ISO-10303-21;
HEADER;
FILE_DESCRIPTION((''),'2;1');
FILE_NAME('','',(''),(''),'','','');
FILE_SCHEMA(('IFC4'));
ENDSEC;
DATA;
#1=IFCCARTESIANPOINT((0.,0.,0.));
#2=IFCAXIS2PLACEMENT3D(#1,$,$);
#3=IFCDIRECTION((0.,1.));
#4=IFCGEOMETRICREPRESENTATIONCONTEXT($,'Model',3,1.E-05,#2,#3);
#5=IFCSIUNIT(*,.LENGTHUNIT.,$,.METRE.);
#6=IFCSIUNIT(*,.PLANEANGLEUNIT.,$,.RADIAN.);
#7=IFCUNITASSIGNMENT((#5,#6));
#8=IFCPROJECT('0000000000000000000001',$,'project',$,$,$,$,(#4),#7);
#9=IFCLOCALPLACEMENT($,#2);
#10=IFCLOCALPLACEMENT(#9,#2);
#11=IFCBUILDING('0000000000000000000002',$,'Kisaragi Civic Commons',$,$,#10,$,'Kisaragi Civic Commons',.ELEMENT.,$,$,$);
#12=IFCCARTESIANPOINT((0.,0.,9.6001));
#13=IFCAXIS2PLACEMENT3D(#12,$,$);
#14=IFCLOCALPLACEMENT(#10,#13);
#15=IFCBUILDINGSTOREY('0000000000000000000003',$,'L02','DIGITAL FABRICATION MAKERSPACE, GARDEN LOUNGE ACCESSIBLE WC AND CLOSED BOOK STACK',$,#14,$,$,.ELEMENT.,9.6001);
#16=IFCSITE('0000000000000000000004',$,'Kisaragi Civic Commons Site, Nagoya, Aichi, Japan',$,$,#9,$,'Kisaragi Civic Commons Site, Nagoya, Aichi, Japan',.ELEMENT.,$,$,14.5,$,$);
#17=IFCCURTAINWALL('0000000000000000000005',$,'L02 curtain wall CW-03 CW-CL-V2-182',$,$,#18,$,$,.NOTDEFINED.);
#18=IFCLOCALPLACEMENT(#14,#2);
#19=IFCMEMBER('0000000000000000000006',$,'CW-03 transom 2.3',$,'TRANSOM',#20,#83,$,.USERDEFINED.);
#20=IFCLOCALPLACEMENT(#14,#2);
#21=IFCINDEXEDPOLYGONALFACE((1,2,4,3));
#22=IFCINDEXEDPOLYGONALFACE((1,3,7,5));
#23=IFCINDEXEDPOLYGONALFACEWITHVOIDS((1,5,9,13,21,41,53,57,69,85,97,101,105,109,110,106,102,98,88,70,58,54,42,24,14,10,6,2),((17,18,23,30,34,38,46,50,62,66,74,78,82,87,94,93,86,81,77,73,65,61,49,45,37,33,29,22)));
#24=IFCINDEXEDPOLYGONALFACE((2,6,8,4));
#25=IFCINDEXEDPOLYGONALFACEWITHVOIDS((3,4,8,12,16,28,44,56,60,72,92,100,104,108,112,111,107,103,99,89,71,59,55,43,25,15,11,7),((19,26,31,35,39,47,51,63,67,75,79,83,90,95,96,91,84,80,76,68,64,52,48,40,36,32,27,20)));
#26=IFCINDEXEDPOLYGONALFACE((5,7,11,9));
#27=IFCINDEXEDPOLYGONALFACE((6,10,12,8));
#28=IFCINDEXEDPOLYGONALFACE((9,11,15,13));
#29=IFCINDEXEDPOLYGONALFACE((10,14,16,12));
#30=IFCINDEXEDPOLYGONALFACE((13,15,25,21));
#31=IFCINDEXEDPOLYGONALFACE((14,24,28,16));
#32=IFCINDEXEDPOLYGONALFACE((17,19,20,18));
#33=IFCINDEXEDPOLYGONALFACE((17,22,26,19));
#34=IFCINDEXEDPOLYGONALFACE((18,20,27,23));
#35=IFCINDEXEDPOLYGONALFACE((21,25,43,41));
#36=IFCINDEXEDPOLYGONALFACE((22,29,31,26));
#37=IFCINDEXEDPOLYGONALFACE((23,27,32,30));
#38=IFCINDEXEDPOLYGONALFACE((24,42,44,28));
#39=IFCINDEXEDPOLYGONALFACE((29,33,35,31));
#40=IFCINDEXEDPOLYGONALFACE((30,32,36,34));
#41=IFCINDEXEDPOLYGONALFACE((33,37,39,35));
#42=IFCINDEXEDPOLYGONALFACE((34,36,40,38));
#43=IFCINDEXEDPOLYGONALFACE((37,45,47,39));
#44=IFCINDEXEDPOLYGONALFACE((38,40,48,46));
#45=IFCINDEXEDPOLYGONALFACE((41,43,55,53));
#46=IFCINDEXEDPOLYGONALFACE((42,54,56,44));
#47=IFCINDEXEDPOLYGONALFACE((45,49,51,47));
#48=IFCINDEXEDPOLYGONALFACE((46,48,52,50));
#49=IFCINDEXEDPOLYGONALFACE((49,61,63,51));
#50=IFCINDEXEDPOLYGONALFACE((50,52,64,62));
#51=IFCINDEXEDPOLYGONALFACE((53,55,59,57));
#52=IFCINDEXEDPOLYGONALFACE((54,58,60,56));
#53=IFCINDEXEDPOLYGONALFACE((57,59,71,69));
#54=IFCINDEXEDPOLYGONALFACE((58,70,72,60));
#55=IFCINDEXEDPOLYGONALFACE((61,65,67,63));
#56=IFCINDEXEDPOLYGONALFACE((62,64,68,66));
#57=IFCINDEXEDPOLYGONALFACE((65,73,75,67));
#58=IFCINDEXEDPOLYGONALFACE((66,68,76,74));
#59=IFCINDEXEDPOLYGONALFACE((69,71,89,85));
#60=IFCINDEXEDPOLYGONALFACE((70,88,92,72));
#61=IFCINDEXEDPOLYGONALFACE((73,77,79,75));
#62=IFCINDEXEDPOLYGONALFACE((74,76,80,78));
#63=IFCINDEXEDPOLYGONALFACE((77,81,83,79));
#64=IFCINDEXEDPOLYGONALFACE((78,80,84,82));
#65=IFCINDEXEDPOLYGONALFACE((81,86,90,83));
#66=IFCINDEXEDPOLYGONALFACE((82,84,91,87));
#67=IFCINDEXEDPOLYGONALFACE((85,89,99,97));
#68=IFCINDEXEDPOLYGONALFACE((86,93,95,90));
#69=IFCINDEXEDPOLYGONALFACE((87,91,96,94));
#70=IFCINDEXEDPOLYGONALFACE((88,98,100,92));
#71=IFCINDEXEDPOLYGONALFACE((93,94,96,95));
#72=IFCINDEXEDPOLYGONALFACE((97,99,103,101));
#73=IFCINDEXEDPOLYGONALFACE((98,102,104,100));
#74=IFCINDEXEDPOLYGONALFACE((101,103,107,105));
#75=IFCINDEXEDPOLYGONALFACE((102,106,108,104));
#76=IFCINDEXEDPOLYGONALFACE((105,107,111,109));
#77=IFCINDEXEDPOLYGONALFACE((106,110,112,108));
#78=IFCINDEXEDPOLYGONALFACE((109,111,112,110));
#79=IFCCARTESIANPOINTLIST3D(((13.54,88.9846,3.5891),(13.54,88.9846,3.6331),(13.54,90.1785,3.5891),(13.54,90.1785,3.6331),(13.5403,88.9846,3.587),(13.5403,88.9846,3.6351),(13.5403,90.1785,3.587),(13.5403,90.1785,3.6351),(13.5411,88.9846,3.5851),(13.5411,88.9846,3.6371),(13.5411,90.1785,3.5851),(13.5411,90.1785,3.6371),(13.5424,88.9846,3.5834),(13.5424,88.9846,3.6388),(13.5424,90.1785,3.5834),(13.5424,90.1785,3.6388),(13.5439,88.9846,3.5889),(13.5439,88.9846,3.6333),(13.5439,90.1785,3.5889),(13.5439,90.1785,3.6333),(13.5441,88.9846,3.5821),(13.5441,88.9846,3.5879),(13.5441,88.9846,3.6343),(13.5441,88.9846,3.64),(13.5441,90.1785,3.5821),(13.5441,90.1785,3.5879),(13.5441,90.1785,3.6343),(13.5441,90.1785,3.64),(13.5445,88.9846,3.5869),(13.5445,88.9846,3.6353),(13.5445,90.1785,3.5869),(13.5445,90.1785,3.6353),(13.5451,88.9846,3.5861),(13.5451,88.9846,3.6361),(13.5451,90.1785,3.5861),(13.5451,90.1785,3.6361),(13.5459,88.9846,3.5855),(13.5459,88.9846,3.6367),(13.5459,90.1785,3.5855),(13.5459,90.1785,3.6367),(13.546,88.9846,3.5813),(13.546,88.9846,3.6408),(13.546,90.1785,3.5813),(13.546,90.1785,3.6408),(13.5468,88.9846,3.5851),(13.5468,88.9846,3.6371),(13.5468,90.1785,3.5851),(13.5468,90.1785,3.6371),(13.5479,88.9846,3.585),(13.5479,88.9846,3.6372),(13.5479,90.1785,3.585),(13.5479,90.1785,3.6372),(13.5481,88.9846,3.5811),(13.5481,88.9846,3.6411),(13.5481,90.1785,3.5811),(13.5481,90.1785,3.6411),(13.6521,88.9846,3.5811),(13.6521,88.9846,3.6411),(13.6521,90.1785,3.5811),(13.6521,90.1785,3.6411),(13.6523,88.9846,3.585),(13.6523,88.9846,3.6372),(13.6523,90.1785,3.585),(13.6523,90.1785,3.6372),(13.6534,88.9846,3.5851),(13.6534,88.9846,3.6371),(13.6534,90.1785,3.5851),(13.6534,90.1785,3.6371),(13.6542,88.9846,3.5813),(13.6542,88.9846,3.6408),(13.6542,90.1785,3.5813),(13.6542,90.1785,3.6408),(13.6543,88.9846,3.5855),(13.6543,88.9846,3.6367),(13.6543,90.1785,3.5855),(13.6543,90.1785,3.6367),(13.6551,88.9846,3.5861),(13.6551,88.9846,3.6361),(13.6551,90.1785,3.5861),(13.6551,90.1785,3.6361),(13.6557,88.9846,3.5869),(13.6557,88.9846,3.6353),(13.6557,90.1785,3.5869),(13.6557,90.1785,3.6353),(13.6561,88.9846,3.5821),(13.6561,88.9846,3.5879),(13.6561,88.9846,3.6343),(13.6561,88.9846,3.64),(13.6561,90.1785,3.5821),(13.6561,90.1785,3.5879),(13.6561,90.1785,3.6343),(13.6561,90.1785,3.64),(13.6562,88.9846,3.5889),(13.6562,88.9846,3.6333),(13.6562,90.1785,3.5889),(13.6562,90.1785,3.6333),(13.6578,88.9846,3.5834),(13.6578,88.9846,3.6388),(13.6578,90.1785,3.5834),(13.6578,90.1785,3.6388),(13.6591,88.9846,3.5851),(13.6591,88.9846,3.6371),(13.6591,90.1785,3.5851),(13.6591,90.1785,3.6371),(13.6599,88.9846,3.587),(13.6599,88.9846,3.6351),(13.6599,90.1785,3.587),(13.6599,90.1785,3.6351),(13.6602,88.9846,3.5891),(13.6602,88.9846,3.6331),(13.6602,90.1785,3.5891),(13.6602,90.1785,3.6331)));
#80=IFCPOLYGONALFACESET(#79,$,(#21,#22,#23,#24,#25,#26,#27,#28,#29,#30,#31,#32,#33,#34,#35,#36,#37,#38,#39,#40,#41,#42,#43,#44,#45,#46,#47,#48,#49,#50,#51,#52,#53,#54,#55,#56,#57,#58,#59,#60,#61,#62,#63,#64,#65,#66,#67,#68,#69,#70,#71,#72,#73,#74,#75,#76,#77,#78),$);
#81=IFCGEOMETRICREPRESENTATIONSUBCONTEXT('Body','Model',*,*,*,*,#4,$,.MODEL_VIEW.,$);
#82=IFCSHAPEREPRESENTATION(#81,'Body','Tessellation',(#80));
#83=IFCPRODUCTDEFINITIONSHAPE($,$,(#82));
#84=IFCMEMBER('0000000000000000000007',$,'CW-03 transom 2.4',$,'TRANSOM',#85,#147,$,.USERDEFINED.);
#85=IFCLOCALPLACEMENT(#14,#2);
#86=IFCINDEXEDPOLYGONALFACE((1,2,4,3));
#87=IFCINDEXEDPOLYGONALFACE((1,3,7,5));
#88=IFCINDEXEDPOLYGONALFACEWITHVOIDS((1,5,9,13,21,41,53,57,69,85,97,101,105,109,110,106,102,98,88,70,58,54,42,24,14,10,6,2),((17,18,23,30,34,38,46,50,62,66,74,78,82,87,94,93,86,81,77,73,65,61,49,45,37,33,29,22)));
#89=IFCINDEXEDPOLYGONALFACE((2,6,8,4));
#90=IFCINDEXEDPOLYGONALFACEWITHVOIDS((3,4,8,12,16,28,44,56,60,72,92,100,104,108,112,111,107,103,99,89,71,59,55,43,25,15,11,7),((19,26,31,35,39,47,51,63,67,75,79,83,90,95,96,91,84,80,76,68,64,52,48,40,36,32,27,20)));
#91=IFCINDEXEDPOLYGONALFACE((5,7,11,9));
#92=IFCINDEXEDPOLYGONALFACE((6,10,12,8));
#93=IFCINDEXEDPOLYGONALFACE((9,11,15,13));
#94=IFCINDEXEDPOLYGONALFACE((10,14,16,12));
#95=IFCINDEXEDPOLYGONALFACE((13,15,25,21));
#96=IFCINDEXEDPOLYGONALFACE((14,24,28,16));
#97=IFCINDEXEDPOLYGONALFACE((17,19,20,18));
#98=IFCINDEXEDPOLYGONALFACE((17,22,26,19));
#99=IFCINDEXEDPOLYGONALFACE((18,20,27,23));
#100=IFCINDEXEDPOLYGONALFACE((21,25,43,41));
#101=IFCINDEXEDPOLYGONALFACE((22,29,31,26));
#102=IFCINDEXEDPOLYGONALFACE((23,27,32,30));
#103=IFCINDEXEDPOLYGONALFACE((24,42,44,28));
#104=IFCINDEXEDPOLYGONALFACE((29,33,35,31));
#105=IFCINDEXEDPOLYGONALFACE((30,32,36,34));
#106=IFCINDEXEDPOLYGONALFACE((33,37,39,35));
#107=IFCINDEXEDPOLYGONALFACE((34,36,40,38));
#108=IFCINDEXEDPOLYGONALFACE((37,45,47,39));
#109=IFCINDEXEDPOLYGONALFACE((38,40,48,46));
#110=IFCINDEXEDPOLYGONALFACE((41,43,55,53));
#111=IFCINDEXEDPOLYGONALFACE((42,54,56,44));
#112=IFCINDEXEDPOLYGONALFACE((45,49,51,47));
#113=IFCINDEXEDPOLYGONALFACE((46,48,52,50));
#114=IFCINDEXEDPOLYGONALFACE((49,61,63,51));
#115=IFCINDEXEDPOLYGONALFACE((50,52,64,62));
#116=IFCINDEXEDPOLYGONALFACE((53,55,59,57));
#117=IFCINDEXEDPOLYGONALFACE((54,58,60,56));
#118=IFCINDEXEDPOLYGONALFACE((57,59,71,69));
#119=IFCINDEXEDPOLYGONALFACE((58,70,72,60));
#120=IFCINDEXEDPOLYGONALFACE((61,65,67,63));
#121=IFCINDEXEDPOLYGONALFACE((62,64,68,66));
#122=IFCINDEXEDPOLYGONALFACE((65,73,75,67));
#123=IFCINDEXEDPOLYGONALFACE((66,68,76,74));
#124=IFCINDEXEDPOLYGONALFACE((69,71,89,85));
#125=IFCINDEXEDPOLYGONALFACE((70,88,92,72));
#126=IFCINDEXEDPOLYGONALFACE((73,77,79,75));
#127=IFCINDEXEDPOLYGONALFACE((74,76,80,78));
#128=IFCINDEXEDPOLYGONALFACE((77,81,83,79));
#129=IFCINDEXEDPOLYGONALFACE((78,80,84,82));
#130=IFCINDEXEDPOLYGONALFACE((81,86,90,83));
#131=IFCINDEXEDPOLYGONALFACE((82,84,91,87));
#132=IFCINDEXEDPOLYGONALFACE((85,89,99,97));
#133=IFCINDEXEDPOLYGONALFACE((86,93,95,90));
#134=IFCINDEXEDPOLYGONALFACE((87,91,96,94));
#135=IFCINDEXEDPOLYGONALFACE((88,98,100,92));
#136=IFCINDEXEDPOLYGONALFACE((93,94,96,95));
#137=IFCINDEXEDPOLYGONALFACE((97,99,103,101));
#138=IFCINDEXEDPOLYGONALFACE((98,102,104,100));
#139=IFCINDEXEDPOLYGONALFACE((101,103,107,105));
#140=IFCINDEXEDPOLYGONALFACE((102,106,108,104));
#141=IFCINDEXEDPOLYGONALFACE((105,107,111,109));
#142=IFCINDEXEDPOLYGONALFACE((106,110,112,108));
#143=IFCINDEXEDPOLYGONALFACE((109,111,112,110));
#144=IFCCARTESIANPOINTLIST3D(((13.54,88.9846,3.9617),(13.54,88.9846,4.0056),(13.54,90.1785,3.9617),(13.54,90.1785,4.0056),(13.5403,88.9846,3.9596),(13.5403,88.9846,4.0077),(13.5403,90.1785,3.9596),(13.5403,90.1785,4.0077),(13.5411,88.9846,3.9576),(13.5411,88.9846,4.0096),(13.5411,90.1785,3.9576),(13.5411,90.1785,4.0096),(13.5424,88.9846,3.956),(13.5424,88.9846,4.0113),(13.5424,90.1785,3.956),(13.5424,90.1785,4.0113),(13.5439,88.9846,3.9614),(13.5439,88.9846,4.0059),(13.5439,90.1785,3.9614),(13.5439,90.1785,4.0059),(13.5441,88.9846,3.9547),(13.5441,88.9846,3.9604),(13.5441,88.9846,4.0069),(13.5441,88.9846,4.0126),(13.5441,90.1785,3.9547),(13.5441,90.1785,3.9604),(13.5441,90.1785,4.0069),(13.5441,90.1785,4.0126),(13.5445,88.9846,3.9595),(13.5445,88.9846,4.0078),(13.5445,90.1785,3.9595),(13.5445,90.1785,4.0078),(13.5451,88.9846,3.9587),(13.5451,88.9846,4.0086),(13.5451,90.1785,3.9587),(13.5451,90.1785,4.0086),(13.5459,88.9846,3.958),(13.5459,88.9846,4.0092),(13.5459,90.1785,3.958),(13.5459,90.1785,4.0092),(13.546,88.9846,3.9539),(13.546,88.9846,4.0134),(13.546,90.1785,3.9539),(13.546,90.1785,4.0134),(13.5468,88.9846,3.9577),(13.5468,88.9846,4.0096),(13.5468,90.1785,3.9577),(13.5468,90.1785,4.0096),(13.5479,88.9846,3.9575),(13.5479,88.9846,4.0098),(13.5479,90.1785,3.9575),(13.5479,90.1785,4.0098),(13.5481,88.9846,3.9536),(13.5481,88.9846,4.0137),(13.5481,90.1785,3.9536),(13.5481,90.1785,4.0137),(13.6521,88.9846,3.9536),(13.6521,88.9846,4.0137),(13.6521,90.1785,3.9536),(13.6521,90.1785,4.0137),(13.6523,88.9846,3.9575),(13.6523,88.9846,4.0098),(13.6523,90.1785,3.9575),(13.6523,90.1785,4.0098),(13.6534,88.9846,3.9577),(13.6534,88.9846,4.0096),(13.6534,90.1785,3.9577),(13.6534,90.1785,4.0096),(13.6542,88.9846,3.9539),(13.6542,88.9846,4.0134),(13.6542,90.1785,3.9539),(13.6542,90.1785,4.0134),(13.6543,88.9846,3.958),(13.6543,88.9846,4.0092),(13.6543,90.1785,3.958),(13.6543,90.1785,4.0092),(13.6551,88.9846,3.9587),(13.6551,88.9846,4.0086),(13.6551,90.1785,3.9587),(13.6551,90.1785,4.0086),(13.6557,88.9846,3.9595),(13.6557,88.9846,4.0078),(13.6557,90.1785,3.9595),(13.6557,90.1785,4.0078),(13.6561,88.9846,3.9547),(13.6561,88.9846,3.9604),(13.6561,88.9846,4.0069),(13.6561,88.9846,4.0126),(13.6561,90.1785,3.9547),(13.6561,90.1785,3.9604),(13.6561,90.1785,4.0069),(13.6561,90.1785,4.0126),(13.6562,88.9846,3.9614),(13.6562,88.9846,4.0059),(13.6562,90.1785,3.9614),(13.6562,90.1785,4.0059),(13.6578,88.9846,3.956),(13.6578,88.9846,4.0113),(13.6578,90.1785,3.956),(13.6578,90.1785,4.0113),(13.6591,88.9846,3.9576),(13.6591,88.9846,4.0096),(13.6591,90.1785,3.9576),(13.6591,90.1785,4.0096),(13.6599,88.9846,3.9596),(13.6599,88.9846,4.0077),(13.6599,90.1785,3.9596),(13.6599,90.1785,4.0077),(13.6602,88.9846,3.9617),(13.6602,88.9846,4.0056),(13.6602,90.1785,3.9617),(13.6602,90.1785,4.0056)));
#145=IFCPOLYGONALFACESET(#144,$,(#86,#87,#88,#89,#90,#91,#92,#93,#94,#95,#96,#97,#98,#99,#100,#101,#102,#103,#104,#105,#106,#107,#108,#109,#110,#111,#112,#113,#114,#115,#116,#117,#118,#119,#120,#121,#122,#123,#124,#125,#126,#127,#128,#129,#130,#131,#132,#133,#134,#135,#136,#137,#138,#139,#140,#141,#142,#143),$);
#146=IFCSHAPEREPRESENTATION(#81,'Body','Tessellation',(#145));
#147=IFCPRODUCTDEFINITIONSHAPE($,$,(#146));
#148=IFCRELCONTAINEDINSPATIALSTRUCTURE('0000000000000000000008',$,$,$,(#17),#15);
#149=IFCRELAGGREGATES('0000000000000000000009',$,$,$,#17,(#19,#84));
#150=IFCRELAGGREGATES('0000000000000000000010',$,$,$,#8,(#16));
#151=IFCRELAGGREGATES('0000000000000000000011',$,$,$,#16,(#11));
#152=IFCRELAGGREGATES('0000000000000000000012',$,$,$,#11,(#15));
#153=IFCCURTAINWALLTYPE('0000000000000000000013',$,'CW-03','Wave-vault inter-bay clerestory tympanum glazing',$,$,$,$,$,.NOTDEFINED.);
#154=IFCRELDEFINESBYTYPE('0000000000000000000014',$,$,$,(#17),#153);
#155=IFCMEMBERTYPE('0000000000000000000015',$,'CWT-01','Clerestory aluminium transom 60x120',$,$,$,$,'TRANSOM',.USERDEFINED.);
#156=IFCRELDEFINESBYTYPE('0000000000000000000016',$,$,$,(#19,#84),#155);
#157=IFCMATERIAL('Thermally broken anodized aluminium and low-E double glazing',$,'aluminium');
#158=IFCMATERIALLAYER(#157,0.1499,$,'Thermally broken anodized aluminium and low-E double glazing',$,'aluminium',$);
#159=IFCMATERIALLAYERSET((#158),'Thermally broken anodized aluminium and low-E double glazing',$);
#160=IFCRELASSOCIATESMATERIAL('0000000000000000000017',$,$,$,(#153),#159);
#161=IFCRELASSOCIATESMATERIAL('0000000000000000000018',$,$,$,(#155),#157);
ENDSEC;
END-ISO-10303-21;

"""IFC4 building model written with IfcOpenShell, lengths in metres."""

from ifc_helpers import new_model, si_unit, direction, frame, origin, origin_2d, place, context, subcontext, project, spatial, hollow_rectangle, extrude, material, layer, layer_set, material_profile, profile_set, type_object, element, aggregate, save


model = new_model("IFC4")

# Units and contexts
model_context = context("Model", 3, precision=1e-05, world=origin(), true_north=direction((0.0, 1.0)))
body_context = subcontext(model_context, "Body", "Model", "MODEL_VIEW")
ifc_project = project(units=[si_unit("LENGTHUNIT", "METRE"), si_unit("PLANEANGLEUNIT", "RADIAN")], contexts=[model_context])

# Site, building, storey
site_placement = place(None, origin())
site = spatial("IfcSite", under=ifc_project, at=site_placement, Name="Kisaragi Civic Commons Site, Nagoya, Aichi, Japan", LongName="Kisaragi Civic Commons Site, Nagoya, Aichi, Japan", CompositionType="ELEMENT", RefElevation=14.5)
building_placement = place(site_placement, origin())
building = spatial("IfcBuilding", under=site, at=building_placement, Name="Kisaragi Civic Commons", LongName="Kisaragi Civic Commons", CompositionType="ELEMENT")
storey_placement = place(building_placement, frame((0.0, 0.0, 9.6001)))
storey = spatial("IfcBuildingStorey", under=building, at=storey_placement, Name="L02", Description="DIGITAL FABRICATION MAKERSPACE, GARDEN LOUNGE ACCESSIBLE WC AND CLOSED BOOK STACK", CompositionType="ELEMENT", Elevation=9.6001)

# Curtain wall
ifc_material_1 = material(Name="Thermally broken anodized aluminium and low-E double glazing", Category="aluminium")
ifc_layer_1 = layer(ifc_material_1, 0.1499, Name="Thermally broken anodized aluminium and low-E double glazing", Category="aluminium")
ifc_layer_set_1 = layer_set([ifc_layer_1], Name="Thermally broken anodized aluminium and low-E double glazing")
curtain_wall_type = type_object("IfcCurtainWallType", Name="CW-03", Description="Wave-vault inter-bay clerestory tympanum glazing", PredefinedType="NOTDEFINED", material=ifc_layer_set_1)
curtain_wall_1_placement = place(storey_placement, origin())
curtain_wall_1 = element("IfcCurtainWall", 1, at=curtain_wall_1_placement, inside=storey, type_object=curtain_wall_type, Name="L02 curtain wall CW-03 CW-CL-V2-182", PredefinedType="NOTDEFINED")

# Members
ifc_material_profile_1 = material_profile(ifc_material_1, hollow_rectangle(XDim=0.1201, YDim=0.0601, WallThickness=0.0039, InnerFilletRadius=0.0039, OuterFilletRadius=0.0081, at=origin_2d()), Name="CWT-60x120x4", Category="aluminium")
ifc_profile_set_1 = profile_set([ifc_material_profile_1], Name="Thermally broken anodized aluminium and low-E double glazing")
member_type_1 = type_object("IfcMemberType", Name="CWT-01", Description="Clerestory aluminium transom 60x120", ElementType="TRANSOM", PredefinedType="USERDEFINED", material=ifc_profile_set_1)
member_1_placement = place(storey_placement, frame((13.6001, 88.9846, 3.6111), z_axis=(0.0, 1.0, 0.0), x_axis=(-1.0, 0.0, 0.0)))
member_1 = element("IfcMember", 2, at=member_1_placement, type_object=member_type_1, Name="CW-03 transom 2.3", ObjectType="TRANSOM", PredefinedType="USERDEFINED", context=body_context, shape_type="SweptSolid", body=[
    extrude(hollow_rectangle(XDim=0.1201, YDim=0.0601, WallThickness=0.0039, InnerFilletRadius=0.0039, OuterFilletRadius=0.0081, at=origin_2d()), origin(), (0.0, 0.0, 1.0), 1.1938),
])
member_2_placement = place(storey_placement, frame((13.6001, 88.9846, 3.9836), z_axis=(0.0, 1.0, 0.0), x_axis=(-1.0, 0.0, 0.0)))
member_2 = element("IfcMember", 3, at=member_2_placement, type_object=member_type_1, Name="CW-03 transom 2.4", ObjectType="TRANSOM", PredefinedType="USERDEFINED", context=body_context, shape_type="SweptSolid", body=[
    extrude(hollow_rectangle(XDim=0.1201, YDim=0.0601, WallThickness=0.0039, InnerFilletRadius=0.0039, OuterFilletRadius=0.0081, at=origin_2d()), origin(), (0.0, 0.0, 1.0), 1.1938),
])

aggregate(curtain_wall_1, [member_1, member_2])

save(model, "model.ifc")
